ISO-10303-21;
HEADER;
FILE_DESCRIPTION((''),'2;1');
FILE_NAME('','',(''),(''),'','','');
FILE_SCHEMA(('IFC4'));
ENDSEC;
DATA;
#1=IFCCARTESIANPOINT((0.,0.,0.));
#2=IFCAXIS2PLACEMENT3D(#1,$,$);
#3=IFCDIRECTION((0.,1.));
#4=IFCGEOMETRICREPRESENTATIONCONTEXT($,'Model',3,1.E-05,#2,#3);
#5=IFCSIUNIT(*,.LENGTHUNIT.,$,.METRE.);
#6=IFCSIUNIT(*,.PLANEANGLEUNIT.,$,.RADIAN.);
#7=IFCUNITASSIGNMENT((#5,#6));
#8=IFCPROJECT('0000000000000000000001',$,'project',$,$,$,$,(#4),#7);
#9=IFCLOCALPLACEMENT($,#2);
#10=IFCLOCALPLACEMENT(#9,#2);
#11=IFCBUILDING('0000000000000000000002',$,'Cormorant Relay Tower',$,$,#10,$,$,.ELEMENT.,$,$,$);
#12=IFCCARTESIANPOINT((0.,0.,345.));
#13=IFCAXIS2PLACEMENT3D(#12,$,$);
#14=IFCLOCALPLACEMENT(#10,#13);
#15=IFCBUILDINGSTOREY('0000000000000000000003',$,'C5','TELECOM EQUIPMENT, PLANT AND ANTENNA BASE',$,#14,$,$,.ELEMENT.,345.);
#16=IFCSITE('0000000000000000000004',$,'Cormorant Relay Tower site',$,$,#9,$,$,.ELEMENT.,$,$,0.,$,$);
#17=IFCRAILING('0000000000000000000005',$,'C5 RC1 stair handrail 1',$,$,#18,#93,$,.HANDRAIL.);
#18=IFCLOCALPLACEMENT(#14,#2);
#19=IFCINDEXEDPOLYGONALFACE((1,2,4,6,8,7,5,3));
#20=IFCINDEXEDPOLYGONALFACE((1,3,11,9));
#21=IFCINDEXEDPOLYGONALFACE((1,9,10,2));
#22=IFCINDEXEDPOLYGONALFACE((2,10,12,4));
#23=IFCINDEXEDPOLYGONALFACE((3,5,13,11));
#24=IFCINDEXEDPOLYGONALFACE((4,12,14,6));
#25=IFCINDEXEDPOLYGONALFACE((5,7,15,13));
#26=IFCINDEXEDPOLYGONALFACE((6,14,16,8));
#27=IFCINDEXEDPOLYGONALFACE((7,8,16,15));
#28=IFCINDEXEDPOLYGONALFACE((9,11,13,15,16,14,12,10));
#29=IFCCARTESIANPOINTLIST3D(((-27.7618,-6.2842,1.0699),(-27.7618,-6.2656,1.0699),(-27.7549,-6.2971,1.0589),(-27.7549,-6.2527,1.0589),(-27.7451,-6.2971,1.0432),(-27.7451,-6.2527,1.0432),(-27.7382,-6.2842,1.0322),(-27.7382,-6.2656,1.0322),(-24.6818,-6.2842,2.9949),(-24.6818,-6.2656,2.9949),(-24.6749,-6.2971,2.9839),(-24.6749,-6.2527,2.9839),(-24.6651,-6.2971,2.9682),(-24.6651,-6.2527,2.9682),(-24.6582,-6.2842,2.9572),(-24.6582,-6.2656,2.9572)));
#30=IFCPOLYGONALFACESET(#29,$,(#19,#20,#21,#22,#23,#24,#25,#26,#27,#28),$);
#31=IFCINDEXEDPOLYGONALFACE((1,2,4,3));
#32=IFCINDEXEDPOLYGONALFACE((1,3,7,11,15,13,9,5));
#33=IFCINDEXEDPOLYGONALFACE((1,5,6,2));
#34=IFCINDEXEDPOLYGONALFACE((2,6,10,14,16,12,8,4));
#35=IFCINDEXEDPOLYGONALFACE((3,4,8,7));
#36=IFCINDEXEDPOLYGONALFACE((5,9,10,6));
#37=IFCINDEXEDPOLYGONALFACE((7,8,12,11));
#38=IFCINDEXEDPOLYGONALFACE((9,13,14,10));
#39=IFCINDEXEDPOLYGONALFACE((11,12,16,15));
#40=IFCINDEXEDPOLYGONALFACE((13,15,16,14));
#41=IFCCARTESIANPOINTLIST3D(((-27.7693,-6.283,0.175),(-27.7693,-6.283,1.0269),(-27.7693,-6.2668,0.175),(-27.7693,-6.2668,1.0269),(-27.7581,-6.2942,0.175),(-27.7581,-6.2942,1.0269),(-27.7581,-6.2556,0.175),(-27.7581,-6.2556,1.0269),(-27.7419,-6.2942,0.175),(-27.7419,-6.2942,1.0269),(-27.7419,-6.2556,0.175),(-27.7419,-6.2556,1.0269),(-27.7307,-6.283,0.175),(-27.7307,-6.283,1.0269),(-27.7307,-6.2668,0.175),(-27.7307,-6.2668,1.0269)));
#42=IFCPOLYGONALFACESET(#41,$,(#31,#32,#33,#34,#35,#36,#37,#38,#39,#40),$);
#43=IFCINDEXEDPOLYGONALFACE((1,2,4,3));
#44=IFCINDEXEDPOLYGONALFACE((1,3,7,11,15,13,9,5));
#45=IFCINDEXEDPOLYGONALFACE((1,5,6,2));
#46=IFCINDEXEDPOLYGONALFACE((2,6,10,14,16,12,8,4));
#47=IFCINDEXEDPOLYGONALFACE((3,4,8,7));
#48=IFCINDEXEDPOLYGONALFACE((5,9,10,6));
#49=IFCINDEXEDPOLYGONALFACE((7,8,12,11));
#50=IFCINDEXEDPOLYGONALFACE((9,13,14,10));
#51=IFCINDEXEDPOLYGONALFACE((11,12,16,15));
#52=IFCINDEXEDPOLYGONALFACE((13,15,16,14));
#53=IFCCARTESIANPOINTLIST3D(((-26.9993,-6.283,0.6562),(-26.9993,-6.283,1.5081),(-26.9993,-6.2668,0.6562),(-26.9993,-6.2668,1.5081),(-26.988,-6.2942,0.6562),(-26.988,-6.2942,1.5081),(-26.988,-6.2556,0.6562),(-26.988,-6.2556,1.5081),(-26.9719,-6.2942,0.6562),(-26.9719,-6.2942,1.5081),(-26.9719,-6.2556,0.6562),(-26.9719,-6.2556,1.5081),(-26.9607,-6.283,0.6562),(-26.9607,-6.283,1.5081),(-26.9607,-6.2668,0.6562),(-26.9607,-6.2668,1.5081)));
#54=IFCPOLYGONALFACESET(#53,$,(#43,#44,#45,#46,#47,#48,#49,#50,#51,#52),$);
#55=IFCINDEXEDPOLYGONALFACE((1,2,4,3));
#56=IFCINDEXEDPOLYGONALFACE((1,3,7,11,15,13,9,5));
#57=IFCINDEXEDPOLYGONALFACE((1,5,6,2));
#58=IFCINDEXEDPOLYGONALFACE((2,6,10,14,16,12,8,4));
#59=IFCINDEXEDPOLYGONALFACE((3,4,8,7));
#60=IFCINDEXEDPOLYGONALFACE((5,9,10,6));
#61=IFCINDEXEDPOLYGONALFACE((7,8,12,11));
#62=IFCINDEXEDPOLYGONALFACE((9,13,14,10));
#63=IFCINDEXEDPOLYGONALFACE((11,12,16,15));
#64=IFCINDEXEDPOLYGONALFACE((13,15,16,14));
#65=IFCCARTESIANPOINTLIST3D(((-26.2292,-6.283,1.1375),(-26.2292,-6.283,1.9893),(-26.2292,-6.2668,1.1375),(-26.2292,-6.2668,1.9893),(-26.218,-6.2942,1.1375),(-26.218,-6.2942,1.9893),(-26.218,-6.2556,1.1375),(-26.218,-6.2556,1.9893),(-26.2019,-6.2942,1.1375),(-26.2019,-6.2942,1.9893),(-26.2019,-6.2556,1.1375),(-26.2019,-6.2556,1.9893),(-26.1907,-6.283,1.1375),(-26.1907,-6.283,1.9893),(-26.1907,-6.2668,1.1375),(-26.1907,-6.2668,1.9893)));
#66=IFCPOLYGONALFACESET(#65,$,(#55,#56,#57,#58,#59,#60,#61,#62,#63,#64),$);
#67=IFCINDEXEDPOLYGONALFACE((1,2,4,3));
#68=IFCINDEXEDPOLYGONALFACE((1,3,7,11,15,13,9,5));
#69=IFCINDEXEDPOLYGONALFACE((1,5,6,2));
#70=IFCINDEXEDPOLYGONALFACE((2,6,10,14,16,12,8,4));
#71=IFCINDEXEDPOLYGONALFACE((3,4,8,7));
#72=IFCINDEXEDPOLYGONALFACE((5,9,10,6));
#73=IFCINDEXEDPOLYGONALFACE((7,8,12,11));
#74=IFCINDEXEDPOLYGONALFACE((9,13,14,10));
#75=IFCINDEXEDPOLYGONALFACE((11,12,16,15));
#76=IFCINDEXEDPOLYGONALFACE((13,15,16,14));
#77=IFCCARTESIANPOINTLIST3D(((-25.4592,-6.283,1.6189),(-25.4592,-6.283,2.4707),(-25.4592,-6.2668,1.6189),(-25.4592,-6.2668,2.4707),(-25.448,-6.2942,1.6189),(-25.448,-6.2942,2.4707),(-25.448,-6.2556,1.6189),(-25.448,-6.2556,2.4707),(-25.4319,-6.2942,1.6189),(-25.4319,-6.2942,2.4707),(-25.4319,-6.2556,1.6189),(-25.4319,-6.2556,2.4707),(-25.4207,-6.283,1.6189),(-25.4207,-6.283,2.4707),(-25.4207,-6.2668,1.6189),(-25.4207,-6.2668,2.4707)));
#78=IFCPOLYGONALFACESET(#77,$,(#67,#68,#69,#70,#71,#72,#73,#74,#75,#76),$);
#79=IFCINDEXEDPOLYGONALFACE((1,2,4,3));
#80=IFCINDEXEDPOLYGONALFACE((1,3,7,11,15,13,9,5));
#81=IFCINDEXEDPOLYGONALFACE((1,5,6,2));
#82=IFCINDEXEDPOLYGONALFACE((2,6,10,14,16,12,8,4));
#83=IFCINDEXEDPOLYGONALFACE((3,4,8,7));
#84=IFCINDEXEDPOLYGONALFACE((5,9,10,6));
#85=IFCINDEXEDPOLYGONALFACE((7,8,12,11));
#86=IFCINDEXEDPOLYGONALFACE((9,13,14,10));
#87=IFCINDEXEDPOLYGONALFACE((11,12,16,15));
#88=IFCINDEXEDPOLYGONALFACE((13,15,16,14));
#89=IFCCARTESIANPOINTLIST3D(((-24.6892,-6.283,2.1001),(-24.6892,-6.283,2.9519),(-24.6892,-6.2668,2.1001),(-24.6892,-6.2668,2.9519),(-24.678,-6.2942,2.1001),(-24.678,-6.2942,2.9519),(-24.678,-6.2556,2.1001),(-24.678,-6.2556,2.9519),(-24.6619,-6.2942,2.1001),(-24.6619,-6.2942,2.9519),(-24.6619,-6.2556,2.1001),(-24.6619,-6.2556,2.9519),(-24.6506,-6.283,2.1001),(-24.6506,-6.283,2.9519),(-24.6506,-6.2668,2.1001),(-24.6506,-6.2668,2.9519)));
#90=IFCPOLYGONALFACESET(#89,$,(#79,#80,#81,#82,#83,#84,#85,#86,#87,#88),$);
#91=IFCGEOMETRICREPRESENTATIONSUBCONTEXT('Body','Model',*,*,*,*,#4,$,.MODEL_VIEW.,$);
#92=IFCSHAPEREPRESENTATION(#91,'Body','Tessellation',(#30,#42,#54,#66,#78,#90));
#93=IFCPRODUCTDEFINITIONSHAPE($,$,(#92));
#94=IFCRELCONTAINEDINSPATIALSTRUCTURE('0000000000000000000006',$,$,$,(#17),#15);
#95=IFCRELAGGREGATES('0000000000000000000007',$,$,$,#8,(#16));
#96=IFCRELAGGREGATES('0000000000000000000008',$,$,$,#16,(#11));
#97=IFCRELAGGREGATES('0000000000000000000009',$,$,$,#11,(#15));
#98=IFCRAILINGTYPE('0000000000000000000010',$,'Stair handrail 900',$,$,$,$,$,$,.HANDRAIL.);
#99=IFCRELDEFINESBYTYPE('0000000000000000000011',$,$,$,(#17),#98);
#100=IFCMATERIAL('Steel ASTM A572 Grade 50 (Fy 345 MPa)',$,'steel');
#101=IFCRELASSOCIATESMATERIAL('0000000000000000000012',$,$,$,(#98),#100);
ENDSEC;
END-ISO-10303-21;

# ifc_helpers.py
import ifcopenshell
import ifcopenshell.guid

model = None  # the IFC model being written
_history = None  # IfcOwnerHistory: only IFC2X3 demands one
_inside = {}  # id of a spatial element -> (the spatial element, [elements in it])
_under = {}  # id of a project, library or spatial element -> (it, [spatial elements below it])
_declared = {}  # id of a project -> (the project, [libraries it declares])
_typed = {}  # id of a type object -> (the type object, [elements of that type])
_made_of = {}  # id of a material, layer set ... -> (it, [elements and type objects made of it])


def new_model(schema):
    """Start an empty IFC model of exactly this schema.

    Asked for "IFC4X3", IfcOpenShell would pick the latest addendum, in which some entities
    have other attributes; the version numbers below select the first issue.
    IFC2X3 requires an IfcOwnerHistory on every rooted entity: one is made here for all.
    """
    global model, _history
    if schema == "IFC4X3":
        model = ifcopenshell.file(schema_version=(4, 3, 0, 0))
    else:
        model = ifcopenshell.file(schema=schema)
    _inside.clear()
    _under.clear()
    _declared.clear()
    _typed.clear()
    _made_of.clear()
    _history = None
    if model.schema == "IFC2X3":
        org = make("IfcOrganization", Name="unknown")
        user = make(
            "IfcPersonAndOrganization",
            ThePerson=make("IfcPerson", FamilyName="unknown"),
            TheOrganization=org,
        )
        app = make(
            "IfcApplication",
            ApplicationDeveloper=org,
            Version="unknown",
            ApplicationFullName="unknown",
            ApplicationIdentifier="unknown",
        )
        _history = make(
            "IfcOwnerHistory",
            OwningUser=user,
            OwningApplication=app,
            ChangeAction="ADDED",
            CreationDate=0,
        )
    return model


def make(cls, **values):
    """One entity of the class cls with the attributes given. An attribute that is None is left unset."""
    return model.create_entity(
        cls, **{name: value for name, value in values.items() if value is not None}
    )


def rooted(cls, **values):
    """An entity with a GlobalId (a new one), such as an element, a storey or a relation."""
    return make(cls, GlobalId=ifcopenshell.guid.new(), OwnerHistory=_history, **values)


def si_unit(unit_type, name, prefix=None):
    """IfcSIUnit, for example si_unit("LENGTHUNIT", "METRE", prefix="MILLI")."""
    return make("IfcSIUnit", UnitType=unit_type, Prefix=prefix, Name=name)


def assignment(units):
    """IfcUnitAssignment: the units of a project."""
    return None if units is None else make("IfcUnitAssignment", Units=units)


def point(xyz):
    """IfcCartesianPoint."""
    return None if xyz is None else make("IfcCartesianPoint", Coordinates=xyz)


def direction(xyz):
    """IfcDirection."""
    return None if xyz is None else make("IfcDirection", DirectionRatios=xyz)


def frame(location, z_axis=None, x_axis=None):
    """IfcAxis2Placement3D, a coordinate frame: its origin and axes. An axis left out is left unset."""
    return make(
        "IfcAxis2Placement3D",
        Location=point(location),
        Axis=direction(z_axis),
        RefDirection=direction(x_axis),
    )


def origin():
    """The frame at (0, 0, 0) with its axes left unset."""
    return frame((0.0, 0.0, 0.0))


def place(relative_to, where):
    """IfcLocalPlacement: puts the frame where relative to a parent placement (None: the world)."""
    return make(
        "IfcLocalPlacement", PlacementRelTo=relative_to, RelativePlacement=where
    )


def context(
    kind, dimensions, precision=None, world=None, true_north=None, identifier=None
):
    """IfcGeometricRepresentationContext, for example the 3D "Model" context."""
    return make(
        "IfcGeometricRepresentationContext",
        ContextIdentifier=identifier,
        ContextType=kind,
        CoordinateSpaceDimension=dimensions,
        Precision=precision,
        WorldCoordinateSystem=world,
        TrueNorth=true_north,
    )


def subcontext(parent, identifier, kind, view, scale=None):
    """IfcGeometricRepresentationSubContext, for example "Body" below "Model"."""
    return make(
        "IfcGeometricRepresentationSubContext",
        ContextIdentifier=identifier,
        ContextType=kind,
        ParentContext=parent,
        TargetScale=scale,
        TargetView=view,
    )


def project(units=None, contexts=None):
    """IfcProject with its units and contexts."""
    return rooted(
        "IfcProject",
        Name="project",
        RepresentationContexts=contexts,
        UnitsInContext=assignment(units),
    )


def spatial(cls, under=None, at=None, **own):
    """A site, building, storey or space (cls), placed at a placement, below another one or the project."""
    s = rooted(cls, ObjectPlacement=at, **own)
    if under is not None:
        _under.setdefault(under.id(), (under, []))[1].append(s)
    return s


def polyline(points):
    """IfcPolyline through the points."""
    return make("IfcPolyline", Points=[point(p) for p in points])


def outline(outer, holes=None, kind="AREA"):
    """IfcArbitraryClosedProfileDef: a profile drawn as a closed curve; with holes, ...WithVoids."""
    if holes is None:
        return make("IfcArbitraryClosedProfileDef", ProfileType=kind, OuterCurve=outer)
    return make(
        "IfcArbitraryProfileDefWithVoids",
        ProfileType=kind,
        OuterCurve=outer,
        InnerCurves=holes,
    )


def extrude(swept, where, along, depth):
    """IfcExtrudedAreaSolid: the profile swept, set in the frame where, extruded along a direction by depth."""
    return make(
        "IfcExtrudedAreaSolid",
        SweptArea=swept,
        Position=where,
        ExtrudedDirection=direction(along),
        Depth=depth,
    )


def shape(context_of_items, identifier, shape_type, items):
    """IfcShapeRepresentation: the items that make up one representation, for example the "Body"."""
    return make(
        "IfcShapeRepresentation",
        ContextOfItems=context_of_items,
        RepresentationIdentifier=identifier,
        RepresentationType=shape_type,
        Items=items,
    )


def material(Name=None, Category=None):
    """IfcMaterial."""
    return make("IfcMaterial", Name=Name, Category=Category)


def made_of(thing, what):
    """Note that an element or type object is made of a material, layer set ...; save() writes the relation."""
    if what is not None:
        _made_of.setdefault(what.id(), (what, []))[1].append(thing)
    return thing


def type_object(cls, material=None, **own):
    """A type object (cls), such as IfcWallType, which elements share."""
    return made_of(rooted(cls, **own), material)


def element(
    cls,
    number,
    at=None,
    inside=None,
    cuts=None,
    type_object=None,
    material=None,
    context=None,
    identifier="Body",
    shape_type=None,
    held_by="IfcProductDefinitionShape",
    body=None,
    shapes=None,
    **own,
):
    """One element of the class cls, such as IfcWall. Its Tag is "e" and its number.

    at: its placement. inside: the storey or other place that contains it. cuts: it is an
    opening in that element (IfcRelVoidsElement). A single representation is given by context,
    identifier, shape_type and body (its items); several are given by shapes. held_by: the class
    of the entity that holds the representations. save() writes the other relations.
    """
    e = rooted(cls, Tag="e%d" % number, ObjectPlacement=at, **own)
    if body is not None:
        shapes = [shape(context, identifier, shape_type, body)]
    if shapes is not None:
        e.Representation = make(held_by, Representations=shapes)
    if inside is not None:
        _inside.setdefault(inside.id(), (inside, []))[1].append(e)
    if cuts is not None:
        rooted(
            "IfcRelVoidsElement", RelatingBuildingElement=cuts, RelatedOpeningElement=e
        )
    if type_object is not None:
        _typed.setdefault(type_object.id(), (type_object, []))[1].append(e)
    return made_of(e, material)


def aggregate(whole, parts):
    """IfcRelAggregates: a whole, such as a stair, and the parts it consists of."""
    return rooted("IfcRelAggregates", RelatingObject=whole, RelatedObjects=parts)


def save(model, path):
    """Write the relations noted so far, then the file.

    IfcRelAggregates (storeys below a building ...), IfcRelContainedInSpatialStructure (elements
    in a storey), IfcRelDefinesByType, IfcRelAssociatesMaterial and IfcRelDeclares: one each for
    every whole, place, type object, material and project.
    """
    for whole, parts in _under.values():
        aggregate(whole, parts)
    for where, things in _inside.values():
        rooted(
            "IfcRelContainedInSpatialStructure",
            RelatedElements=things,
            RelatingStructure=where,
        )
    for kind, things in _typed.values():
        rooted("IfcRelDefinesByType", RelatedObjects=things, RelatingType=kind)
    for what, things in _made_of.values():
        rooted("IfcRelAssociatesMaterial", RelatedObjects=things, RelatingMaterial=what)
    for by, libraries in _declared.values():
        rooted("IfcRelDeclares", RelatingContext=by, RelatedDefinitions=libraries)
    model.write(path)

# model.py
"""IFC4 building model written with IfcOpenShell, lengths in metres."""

from ifc_helpers import new_model, si_unit, direction, frame, origin, place, context, subcontext, project, spatial, polyline, outline, extrude, material, type_object, element, save


model = new_model("IFC4")

# Units and contexts
model_context = context("Model", 3, precision=1e-05, world=origin(), true_north=direction((0.0, 1.0)))
body_context = subcontext(model_context, "Body", "Model", "MODEL_VIEW")
ifc_project = project(units=[si_unit("LENGTHUNIT", "METRE"), si_unit("PLANEANGLEUNIT", "RADIAN")], contexts=[model_context])

# Site, building, storey
site_placement = place(None, origin())
site = spatial("IfcSite", under=ifc_project, at=site_placement, Name="Cormorant Relay Tower site", CompositionType="ELEMENT", RefElevation=0.0)
building_placement = place(site_placement, origin())
building = spatial("IfcBuilding", under=site, at=building_placement, Name="Cormorant Relay Tower", CompositionType="ELEMENT")
storey_placement = place(building_placement, frame((0.0, 0.0, 345.0)))
storey = spatial("IfcBuildingStorey", under=building, at=storey_placement, Name="C5", Description="TELECOM EQUIPMENT, PLANT AND ANTENNA BASE", CompositionType="ELEMENT", Elevation=345.0)

# Railing
ifc_material_1 = material(Name="Steel ASTM A572 Grade 50 (Fy 345 MPa)", Category="steel")
railing_type_1 = type_object("IfcRailingType", Name="Stair handrail 900", PredefinedType="HANDRAIL", material=ifc_material_1)
railing_1_placement = place(storey_placement, frame((-27.75, -6.2749, 0.175)))
element("IfcRailing", 1, at=railing_1_placement, inside=storey, type_object=railing_type_1, Name="C5 RC1 stair handrail 1", PredefinedType="HANDRAIL", context=body_context, shape_type="SweptSolid", body=[
    extrude(outline(polyline([(0.0222, 0.0093), (0.0093, 0.0222), (-0.0093, 0.0222), (-0.0222, 0.0093), (-0.0222, -0.0093), (-0.0093, -0.0222), (0.0093, -0.0222), (0.0222, -0.0093), (0.0222, 0.0093)])), frame((0.0, 0.0, 0.876), z_axis=(0.847998, 0.0, 0.529999), x_axis=(0.0, 1.0, 0.0)), (0.0, 0.0, 1.0), 3.6321),
    extrude(outline(polyline([(0.0193, 0.0081), (0.0081, 0.0193), (-0.0081, 0.0193), (-0.0193, 0.0081), (-0.0193, -0.0081), (-0.0081, -0.0193), (0.0081, -0.0193), (0.0193, -0.0081), (0.0193, 0.0081)])), origin(), (0.0, 0.0, 1.0), 0.8518),
    extrude(outline(polyline([(0.0193, 0.0081), (0.0081, 0.0193), (-0.0081, 0.0193), (-0.0193, 0.0081), (-0.0193, -0.0081), (-0.0081, -0.0193), (0.0081, -0.0193), (0.0193, -0.0081), (0.0193, 0.0081)])), frame((0.77, 0.0, 0.4812)), (0.0, 0.0, 1.0), 0.8518),
    extrude(outline(polyline([(0.0193, 0.0081), (0.0081, 0.0193), (-0.0081, 0.0193), (-0.0193, 0.0081), (-0.0193, -0.0081), (-0.0081, -0.0193), (0.0081, -0.0193), (0.0193, -0.0081), (0.0193, 0.0081)])), frame((1.54, 0.0, 0.9624)), (0.0, 0.0, 1.0), 0.8518),
    extrude(outline(polyline([(0.0193, 0.0081), (0.0081, 0.0193), (-0.0081, 0.0193), (-0.0193, 0.0081), (-0.0193, -0.0081), (-0.0081, -0.0193), (0.0081, -0.0193), (0.0193, -0.0081), (0.0193, 0.0081)])), frame((2.3101, 0.0, 1.4438)), (0.0, 0.0, 1.0), 0.8518),
    extrude(outline(polyline([(0.0193, 0.0081), (0.0081, 0.0193), (-0.0081, 0.0193), (-0.0193, 0.0081), (-0.0193, -0.0081), (-0.0081, -0.0193), (0.0081, -0.0193), (0.0193, -0.0081), (0.0193, 0.0081)])), frame((3.0801, 0.0, 1.925)), (0.0, 0.0, 1.0), 0.8518),
])

save(model, "model.ifc")
